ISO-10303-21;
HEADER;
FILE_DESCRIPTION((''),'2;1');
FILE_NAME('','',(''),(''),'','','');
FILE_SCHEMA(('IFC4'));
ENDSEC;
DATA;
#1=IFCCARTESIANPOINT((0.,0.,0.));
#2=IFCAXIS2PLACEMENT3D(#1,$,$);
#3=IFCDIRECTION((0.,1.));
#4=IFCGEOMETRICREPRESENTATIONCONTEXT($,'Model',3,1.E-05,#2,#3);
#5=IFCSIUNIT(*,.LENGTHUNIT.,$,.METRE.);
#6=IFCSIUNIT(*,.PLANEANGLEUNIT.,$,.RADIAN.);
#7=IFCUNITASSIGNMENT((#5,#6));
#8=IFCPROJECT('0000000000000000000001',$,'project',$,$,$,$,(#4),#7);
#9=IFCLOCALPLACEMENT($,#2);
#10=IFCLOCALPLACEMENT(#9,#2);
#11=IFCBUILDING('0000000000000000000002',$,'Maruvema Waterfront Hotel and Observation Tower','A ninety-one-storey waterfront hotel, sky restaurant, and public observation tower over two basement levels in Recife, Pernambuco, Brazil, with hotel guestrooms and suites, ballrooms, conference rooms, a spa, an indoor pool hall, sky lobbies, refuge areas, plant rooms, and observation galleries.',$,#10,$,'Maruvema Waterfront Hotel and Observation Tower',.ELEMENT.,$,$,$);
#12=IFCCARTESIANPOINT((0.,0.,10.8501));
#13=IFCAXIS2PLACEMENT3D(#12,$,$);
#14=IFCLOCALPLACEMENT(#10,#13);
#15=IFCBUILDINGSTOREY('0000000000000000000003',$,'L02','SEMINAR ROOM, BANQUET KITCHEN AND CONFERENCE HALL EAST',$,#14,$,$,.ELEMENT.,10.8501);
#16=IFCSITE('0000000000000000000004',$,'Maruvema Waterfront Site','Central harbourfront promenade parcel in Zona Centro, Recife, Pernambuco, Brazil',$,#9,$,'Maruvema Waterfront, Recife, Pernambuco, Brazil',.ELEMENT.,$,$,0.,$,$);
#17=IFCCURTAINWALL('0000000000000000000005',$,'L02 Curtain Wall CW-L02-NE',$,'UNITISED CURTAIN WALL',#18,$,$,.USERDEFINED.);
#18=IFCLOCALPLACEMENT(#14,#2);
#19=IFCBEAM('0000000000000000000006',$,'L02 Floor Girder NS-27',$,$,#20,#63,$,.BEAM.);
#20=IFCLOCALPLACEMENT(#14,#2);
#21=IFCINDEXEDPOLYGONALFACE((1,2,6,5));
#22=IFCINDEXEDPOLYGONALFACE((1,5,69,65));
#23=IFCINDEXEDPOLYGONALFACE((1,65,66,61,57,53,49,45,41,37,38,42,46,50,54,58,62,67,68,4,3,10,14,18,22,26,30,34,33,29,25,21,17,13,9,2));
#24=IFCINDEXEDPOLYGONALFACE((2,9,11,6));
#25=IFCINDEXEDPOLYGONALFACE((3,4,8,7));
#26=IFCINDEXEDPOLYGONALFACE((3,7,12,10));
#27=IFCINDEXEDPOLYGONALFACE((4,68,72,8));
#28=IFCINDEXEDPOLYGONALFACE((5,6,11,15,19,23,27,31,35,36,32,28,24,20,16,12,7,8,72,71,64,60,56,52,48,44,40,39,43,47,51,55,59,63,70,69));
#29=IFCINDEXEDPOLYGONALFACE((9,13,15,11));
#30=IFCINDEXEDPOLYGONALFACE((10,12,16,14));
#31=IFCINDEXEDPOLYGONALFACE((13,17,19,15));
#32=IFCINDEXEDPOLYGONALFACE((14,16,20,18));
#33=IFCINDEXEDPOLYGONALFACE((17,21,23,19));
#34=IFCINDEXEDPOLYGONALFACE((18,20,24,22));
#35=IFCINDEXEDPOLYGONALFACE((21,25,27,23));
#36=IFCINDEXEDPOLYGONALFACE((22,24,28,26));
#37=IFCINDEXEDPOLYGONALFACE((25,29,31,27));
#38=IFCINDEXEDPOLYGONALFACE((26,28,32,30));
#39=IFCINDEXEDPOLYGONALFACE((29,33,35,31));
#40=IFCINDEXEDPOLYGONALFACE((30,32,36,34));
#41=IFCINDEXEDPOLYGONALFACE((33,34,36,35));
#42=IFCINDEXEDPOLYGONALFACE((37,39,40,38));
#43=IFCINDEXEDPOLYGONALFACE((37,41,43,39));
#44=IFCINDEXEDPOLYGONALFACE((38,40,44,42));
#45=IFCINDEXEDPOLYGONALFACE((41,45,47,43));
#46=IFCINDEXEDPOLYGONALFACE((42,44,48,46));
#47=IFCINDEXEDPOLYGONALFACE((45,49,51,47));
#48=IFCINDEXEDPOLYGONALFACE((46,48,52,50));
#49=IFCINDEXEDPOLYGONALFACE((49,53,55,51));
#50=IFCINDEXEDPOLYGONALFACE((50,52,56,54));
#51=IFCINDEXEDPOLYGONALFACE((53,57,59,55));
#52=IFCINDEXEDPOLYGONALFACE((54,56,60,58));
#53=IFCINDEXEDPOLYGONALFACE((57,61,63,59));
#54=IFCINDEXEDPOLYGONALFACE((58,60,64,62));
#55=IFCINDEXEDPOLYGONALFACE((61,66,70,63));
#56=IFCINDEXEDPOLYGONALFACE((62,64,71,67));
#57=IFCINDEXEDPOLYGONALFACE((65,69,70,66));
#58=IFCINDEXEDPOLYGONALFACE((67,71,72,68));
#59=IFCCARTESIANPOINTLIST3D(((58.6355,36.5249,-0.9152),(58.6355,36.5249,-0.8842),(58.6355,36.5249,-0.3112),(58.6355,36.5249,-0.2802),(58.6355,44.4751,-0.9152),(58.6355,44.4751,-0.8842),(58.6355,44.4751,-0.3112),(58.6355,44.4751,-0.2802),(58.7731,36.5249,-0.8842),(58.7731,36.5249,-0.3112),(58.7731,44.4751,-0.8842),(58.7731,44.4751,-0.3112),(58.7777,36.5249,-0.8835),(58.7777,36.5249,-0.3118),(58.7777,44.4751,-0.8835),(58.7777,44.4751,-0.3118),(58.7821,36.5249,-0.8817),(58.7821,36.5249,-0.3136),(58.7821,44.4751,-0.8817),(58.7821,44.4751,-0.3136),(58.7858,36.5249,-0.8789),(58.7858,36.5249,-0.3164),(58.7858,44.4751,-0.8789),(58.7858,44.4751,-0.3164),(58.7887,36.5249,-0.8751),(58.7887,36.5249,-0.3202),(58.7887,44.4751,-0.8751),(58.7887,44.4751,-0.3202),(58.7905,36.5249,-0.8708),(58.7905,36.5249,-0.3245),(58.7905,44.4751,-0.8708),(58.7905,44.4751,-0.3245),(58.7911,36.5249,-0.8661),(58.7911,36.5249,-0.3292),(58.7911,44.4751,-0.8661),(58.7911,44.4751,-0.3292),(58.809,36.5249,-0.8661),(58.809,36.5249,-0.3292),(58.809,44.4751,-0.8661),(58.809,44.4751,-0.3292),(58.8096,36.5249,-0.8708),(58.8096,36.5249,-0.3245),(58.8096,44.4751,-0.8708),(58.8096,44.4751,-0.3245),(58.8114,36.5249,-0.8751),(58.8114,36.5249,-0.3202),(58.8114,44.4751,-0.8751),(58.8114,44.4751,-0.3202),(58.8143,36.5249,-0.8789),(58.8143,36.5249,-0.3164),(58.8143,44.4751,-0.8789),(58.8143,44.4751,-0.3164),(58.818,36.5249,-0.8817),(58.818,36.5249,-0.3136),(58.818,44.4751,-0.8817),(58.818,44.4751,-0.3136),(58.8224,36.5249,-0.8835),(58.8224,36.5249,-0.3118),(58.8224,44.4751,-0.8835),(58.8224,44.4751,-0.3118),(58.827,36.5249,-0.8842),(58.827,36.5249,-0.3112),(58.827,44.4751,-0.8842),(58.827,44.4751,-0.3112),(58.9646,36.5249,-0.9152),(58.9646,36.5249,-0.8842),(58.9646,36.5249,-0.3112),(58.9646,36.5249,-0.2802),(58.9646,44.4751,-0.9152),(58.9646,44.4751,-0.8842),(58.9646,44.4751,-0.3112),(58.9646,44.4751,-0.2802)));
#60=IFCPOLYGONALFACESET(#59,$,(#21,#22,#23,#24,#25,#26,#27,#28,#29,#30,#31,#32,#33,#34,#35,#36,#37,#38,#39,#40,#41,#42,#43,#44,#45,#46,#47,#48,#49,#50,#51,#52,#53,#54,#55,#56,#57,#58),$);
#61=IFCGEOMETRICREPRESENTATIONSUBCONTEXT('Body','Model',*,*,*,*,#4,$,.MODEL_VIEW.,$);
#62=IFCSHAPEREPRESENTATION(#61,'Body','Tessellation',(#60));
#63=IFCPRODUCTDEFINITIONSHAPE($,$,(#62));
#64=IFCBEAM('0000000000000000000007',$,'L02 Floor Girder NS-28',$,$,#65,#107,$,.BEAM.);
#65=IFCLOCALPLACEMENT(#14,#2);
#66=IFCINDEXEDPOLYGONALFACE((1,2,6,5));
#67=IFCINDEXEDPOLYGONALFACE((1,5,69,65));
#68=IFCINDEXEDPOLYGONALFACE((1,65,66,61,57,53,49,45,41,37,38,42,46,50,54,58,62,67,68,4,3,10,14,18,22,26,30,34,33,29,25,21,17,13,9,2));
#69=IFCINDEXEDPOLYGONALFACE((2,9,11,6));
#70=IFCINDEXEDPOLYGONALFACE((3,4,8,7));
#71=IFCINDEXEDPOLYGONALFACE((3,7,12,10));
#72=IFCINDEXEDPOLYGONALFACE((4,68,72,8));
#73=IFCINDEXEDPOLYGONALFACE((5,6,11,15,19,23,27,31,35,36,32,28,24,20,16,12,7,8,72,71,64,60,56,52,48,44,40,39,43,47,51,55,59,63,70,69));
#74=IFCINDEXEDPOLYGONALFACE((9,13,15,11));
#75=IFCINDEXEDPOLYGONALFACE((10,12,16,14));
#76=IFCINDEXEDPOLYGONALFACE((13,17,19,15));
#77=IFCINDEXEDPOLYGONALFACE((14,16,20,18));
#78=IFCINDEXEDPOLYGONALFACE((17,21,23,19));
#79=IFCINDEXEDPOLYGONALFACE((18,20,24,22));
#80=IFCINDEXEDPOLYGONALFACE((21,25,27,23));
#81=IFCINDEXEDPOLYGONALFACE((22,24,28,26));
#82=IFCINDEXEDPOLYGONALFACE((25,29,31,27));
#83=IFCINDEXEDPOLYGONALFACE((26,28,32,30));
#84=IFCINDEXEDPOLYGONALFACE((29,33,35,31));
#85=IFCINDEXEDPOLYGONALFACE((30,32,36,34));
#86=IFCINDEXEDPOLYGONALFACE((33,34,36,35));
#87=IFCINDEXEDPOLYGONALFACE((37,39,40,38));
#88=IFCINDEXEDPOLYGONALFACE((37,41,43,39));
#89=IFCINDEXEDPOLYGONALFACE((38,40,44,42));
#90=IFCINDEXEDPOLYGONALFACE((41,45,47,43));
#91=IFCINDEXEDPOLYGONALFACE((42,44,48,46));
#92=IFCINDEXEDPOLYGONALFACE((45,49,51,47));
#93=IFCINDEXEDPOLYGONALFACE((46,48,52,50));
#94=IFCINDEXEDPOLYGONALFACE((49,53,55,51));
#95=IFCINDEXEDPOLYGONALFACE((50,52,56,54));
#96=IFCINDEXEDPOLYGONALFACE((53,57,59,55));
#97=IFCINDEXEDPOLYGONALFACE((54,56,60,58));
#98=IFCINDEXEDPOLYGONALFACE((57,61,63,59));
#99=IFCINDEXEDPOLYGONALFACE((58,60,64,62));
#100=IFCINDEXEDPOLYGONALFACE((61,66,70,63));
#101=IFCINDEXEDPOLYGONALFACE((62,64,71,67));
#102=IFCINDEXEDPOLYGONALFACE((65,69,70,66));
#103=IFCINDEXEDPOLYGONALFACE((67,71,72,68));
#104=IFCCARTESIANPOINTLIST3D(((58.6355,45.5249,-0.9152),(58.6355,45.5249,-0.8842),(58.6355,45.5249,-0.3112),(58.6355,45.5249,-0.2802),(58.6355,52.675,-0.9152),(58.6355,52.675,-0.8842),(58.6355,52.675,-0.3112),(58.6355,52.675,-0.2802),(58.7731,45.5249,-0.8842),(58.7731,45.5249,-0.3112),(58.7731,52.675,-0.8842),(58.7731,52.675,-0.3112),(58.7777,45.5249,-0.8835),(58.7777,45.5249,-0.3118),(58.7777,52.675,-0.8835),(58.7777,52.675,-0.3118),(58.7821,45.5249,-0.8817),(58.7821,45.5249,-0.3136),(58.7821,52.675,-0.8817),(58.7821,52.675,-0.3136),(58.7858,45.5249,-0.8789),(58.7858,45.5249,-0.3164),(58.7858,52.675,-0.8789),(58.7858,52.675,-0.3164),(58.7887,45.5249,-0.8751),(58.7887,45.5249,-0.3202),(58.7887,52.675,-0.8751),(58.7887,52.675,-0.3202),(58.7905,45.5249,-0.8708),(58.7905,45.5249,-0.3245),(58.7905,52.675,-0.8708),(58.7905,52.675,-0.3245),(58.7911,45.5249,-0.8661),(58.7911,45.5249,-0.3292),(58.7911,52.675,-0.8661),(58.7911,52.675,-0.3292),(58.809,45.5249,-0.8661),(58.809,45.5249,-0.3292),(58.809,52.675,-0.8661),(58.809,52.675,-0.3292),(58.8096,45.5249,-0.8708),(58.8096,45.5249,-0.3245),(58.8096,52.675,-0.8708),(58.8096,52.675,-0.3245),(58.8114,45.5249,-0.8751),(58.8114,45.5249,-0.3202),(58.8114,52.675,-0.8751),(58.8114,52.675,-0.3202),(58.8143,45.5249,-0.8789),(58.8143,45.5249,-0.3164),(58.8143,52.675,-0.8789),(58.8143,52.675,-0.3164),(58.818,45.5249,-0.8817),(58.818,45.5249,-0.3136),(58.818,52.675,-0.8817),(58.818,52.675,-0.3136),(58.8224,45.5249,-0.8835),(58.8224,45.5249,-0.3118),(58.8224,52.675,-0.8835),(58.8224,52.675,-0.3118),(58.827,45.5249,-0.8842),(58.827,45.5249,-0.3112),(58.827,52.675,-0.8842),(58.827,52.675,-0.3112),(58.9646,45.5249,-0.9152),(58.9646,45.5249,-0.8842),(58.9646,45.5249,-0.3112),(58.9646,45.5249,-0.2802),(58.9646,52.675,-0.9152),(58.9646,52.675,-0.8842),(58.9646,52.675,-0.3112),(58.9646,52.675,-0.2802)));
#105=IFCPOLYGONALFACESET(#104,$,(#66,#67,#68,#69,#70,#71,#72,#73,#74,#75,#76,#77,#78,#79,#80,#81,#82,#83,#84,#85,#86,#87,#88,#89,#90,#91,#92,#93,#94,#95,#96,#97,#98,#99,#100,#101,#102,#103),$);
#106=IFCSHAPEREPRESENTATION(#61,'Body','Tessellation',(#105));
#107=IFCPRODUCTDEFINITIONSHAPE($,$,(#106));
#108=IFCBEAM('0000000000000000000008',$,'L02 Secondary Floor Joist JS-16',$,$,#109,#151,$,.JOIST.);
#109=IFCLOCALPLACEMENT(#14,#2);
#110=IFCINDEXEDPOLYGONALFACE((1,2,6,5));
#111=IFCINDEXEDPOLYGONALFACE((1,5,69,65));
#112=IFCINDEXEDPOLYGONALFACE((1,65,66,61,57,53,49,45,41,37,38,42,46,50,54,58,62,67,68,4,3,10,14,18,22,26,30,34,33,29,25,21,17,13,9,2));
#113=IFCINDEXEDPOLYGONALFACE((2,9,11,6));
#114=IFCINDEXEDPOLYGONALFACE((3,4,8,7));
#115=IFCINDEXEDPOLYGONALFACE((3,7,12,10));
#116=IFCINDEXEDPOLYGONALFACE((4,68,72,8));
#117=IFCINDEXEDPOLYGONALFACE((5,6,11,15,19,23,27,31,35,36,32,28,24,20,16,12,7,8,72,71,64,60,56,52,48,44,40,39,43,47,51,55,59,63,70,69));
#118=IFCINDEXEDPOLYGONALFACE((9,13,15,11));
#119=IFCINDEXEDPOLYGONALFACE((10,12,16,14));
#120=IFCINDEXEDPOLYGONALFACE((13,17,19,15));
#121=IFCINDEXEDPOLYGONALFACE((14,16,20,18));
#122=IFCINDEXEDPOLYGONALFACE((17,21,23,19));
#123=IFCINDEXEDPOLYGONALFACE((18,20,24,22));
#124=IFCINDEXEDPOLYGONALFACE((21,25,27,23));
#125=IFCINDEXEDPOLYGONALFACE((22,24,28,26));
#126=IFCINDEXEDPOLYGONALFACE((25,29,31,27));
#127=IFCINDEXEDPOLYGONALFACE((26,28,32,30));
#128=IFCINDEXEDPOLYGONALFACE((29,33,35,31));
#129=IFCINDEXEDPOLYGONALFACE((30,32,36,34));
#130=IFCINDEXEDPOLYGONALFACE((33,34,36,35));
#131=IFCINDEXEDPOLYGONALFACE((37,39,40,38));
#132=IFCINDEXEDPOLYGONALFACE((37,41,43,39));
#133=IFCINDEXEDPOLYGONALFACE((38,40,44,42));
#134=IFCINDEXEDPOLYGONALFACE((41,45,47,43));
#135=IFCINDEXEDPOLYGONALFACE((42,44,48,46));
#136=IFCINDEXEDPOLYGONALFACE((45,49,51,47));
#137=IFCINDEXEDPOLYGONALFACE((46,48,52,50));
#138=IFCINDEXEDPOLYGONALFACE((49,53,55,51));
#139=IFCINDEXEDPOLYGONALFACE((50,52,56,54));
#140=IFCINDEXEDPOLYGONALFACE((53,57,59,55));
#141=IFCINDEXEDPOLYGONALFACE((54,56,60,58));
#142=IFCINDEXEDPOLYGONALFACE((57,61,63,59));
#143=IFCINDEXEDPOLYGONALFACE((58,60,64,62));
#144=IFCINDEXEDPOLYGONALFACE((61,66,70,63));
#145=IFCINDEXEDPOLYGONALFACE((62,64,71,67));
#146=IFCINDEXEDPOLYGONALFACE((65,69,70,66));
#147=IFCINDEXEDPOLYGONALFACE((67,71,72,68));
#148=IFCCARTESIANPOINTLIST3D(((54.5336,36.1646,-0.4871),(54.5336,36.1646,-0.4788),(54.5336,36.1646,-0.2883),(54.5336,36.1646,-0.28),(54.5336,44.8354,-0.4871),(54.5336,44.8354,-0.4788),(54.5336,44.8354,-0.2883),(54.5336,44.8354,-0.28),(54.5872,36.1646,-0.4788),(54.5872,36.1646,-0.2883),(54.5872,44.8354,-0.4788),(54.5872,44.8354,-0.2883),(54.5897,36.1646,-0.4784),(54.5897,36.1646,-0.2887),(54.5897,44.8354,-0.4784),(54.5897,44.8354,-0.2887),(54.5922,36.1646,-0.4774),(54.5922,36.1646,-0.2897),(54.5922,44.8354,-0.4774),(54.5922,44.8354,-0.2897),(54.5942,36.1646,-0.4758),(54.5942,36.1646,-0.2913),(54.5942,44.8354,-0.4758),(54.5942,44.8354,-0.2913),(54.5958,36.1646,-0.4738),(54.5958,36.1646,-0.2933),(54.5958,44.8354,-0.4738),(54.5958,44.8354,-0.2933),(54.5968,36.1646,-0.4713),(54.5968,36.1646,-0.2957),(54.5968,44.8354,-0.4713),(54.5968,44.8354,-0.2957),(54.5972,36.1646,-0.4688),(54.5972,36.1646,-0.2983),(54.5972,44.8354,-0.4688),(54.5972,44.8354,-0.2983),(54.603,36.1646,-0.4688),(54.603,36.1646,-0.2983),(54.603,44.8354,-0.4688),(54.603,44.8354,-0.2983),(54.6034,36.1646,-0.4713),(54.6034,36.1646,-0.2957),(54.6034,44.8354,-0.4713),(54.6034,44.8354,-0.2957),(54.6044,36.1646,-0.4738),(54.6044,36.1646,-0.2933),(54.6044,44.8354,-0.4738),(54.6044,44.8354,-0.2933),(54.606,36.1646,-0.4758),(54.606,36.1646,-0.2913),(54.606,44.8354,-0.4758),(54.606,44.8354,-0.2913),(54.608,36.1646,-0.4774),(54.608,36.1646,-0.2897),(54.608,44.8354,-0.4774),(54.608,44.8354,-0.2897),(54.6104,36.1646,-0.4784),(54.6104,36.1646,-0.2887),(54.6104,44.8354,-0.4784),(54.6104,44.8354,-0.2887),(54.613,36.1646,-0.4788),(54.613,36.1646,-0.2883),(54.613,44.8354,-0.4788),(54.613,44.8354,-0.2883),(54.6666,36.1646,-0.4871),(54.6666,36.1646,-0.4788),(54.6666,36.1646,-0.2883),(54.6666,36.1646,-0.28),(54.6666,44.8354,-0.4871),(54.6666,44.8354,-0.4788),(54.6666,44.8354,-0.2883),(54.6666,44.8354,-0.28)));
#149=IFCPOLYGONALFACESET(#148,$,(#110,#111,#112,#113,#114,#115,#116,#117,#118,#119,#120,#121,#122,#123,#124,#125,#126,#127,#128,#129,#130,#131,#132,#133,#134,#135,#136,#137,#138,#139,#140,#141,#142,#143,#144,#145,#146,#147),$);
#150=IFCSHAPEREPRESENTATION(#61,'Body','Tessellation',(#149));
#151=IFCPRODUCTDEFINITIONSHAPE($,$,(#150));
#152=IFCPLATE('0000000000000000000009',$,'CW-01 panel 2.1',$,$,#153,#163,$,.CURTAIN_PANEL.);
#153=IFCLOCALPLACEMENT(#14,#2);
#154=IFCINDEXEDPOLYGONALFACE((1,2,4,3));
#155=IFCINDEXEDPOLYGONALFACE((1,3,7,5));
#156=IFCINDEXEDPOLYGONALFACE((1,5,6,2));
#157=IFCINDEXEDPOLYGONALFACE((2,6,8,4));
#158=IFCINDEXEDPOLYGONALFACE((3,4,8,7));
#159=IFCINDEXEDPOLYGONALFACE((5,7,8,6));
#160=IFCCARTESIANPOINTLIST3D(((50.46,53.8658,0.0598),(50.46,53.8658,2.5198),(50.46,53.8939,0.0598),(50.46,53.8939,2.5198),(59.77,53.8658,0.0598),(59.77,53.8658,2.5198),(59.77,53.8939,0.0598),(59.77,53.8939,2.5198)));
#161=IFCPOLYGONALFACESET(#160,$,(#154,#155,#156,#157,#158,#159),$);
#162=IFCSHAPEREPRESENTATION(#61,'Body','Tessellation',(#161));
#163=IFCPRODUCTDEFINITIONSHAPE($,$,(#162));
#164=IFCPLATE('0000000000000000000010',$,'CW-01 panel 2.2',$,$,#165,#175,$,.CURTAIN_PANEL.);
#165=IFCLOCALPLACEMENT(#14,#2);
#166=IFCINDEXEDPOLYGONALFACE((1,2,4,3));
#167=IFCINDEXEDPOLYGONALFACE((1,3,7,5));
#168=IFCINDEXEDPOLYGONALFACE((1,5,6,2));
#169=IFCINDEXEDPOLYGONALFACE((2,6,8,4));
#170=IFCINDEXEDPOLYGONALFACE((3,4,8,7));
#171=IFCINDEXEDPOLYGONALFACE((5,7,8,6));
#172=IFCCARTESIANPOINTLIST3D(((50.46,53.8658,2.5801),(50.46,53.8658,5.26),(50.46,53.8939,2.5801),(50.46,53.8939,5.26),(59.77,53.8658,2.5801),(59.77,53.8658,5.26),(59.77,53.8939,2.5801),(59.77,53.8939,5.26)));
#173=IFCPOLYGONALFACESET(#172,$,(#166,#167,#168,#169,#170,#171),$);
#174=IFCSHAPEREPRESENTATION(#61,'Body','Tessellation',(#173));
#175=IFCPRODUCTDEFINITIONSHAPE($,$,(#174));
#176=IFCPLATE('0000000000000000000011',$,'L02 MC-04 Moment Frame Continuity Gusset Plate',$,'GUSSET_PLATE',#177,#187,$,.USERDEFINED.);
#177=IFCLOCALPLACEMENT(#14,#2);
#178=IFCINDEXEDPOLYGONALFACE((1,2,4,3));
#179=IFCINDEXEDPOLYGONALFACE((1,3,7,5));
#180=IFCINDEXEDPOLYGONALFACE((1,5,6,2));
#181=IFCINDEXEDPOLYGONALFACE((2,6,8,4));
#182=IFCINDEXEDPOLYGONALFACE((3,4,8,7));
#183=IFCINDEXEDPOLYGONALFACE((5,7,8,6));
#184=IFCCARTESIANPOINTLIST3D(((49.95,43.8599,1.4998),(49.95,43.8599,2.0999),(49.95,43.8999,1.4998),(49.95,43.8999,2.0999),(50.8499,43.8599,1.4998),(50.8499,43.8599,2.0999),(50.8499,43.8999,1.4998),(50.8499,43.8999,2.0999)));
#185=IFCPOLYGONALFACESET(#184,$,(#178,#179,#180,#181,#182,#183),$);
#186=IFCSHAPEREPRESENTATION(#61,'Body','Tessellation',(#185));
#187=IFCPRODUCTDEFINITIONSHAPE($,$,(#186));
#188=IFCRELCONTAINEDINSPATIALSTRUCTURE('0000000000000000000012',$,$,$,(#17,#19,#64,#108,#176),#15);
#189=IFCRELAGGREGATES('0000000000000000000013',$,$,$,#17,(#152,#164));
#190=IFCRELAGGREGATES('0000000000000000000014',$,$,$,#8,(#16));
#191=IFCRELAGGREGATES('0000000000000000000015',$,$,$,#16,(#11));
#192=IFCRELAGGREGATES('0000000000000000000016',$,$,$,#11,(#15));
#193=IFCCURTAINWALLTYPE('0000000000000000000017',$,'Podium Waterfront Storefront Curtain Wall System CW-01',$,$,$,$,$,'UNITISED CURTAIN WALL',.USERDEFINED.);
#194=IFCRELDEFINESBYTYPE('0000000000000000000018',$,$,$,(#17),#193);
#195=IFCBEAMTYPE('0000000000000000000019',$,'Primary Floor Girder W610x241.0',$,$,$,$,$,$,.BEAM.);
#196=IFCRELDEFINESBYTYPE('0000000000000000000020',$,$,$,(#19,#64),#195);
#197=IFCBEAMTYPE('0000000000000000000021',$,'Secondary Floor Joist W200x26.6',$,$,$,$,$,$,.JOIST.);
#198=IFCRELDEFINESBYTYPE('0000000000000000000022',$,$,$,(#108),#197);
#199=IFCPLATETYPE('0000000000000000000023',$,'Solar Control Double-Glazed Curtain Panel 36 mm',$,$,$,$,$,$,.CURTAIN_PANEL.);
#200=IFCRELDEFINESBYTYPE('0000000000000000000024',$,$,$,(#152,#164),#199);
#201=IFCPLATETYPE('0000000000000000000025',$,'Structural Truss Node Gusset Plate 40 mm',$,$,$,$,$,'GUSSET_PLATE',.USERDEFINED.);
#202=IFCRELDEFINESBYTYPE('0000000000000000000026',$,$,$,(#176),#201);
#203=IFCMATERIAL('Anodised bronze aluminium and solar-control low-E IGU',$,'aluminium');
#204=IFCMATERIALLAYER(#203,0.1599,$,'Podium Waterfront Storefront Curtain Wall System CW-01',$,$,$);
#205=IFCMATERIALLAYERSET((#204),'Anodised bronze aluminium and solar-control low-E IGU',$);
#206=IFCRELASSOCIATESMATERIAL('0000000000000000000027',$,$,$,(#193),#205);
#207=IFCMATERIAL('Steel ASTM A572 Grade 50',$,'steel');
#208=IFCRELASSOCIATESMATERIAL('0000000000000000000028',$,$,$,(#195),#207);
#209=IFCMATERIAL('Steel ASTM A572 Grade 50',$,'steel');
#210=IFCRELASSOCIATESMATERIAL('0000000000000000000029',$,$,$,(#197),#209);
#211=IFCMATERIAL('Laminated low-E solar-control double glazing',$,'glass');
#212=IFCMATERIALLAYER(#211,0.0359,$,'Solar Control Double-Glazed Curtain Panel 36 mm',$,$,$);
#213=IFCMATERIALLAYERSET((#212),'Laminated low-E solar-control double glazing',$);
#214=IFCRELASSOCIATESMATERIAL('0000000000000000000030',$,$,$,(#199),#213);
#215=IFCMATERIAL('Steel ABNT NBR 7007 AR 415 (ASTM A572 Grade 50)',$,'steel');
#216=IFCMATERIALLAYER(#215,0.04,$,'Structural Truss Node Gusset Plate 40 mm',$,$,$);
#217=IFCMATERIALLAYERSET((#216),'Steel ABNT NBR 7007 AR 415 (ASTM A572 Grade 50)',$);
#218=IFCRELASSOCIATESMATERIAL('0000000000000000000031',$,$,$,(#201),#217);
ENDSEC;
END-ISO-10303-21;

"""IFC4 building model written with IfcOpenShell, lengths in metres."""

from ifc_helpers import new_model, si_unit, direction, frame, origin, origin_2d, place, context, subcontext, project, spatial, rectangle, i_section, extrude, material, layer, layer_set, material_profile, profile_set, type_object, element, aggregate, save


model = new_model("IFC4")

# Units and contexts
model_context = context("Model", 3, precision=1e-05, world=origin(), true_north=direction((0.0, 1.0)))
body_context = subcontext(model_context, "Body", "Model", "MODEL_VIEW")
ifc_project = project(units=[si_unit("LENGTHUNIT", "METRE"), si_unit("PLANEANGLEUNIT", "RADIAN")], contexts=[model_context])

# Site, building, storey
site_placement = place(None, origin())
site = spatial("IfcSite", under=ifc_project, at=site_placement, Name="Maruvema Waterfront Site", Description="Central harbourfront promenade parcel in Zona Centro, Recife, Pernambuco, Brazil", LongName="Maruvema Waterfront, Recife, Pernambuco, Brazil", CompositionType="ELEMENT", RefElevation=0.0)
building_placement = place(site_placement, origin())
building = spatial("IfcBuilding", under=site, at=building_placement, Name="Maruvema Waterfront Hotel and Observation Tower", Description="A ninety-one-storey waterfront hotel, sky restaurant, and public observation tower over two basement levels in Recife, Pernambuco, Brazil, with hotel guestrooms and suites, ballrooms, conference rooms, a spa, an indoor pool hall, sky lobbies, refuge areas, plant rooms, and observation galleries.", LongName="Maruvema Waterfront Hotel and Observation Tower", CompositionType="ELEMENT")
storey_placement = place(building_placement, frame((0.0, 0.0, 10.8501)))
storey = spatial("IfcBuildingStorey", under=building, at=storey_placement, Name="L02", Description="SEMINAR ROOM, BANQUET KITCHEN AND CONFERENCE HALL EAST", CompositionType="ELEMENT", Elevation=10.8501)

# Curtain wall
ifc_material_1 = material(Name="Anodised bronze aluminium and solar-control low-E IGU", Category="aluminium")
ifc_layer_1 = layer(ifc_material_1, 0.1599, Name="Podium Waterfront Storefront Curtain Wall System CW-01")
ifc_layer_set_1 = layer_set([ifc_layer_1], Name="Anodised bronze aluminium and solar-control low-E IGU")
curtain_wall_type = type_object("IfcCurtainWallType", Name="Podium Waterfront Storefront Curtain Wall System CW-01", ElementType="UNITISED CURTAIN WALL", PredefinedType="USERDEFINED", material=ifc_layer_set_1)
curtain_wall_placement = place(storey_placement, origin())
curtain_wall = element("IfcCurtainWall", 1, at=curtain_wall_placement, inside=storey, type_object=curtain_wall_type, Name="L02 Curtain Wall CW-L02-NE", ObjectType="UNITISED CURTAIN WALL", PredefinedType="USERDEFINED")

# Beams
ifc_material_2 = material(Name="Steel ASTM A572 Grade 50", Category="steel")
ifc_material_profile_1 = material_profile(ifc_material_2, i_section(OverallWidth=0.3291, OverallDepth=0.635, WebThickness=0.0178, FlangeThickness=0.031, FilletRadius=0.0181, at=origin_2d()), Name="W610x241.0")
ifc_profile_set_1 = profile_set([ifc_material_profile_1], Name="Steel ASTM A572 Grade 50")
beam_type_1 = type_object("IfcBeamType", Name="Primary Floor Girder W610x241.0", PredefinedType="BEAM", material=ifc_profile_set_1)
beam_1_placement = place(storey_placement, frame((58.8, 36.5249, -0.5977), z_axis=(0.0, 1.0, 0.0), x_axis=(-1.0, 0.0, 0.0)))
element("IfcBeam", 2, at=beam_1_placement, inside=storey, type_object=beam_type_1, Name="L02 Floor Girder NS-27", PredefinedType="BEAM", context=body_context, shape_type="SweptSolid", body=[
    extrude(i_section(OverallWidth=0.3291, OverallDepth=0.635, WebThickness=0.0178, FlangeThickness=0.031, FilletRadius=0.0181, at=origin_2d()), origin(), (0.0, 0.0, 1.0), 7.9502),
])
beam_2_placement = place(storey_placement, frame((58.8, 45.5249, -0.5977), z_axis=(0.0, 1.0, 0.0), x_axis=(-1.0, 0.0, 0.0)))
element("IfcBeam", 3, at=beam_2_placement, inside=storey, type_object=beam_type_1, Name="L02 Floor Girder NS-28", PredefinedType="BEAM", context=body_context, shape_type="SweptSolid", body=[
    extrude(i_section(OverallWidth=0.3291, OverallDepth=0.635, WebThickness=0.0178, FlangeThickness=0.031, FilletRadius=0.0181, at=origin_2d()), origin(), (0.0, 0.0, 1.0), 7.1501),
])
ifc_material_3 = material(Name="Steel ASTM A572 Grade 50", Category="steel")
ifc_material_profile_2 = material_profile(ifc_material_3, i_section(OverallWidth=0.1331, OverallDepth=0.207, WebThickness=0.0059, FlangeThickness=0.0083, FilletRadius=0.01, at=origin_2d()), Name="W200x26.6")
ifc_profile_set_2 = profile_set([ifc_material_profile_2], Name="Steel ASTM A572 Grade 50")
beam_type_2 = type_object("IfcBeamType", Name="Secondary Floor Joist W200x26.6", PredefinedType="JOIST", material=ifc_profile_set_2)
beam_3_placement = place(storey_placement, frame((54.6001, 36.1646, -0.3835), z_axis=(0.0, 1.0, 0.0), x_axis=(-1.0, 0.0, 0.0)))
element("IfcBeam", 4, at=beam_3_placement, inside=storey, type_object=beam_type_2, Name="L02 Secondary Floor Joist JS-16", PredefinedType="JOIST", context=body_context, shape_type="SweptSolid", body=[
    extrude(i_section(OverallWidth=0.1331, OverallDepth=0.207, WebThickness=0.0059, FlangeThickness=0.0083, FilletRadius=0.01, at=origin_2d()), origin(), (0.0, 0.0, 1.0), 8.6709),
])

# Plates
ifc_material_4 = material(Name="Laminated low-E solar-control double glazing", Category="glass")
ifc_layer_2 = layer(ifc_material_4, 0.0359, Name="Solar Control Double-Glazed Curtain Panel 36 mm")
ifc_layer_set_2 = layer_set([ifc_layer_2], Name="Laminated low-E solar-control double glazing")
plate_type_1 = type_object("IfcPlateType", Name="Solar Control Double-Glazed Curtain Panel 36 mm", PredefinedType="CURTAIN_PANEL", material=ifc_layer_set_2)
plate_1_placement = place(storey_placement, frame((55.115, 53.8799, 0.0598), z_axis=(0.0, 0.0, 1.0), x_axis=(-1.0, 0.0, 0.0)))
plate_1 = element("IfcPlate", 5, at=plate_1_placement, type_object=plate_type_1, Name="CW-01 panel 2.1", PredefinedType="CURTAIN_PANEL", context=body_context, shape_type="SweptSolid", body=[
    extrude(rectangle(XDim=9.3101, YDim=0.0281, at=origin_2d()), origin(), (0.0, 0.0, 1.0), 2.46),
])
plate_2_placement = place(storey_placement, frame((55.115, 53.8799, 2.5801), z_axis=(0.0, 0.0, 1.0), x_axis=(-1.0, 0.0, 0.0)))
plate_2 = element("IfcPlate", 6, at=plate_2_placement, type_object=plate_type_1, Name="CW-01 panel 2.2", PredefinedType="CURTAIN_PANEL", context=body_context, shape_type="SweptSolid", body=[
    extrude(rectangle(XDim=9.3101, YDim=0.0281, at=origin_2d()), origin(), (0.0, 0.0, 1.0), 2.6799),
])
aggregate(curtain_wall, [plate_1, plate_2])
ifc_material_5 = material(Name="Steel ABNT NBR 7007 AR 415 (ASTM A572 Grade 50)", Category="steel")
ifc_layer_3 = layer(ifc_material_5, 0.04, Name="Structural Truss Node Gusset Plate 40 mm")
ifc_layer_set_3 = layer_set([ifc_layer_3], Name="Steel ABNT NBR 7007 AR 415 (ASTM A572 Grade 50)")
plate_type_2 = type_object("IfcPlateType", Name="Structural Truss Node Gusset Plate 40 mm", ElementType="GUSSET_PLATE", PredefinedType="USERDEFINED", material=ifc_layer_set_3)
plate_3_placement = place(storey_placement, frame((50.3999, 43.8799, 1.4998), z_axis=(0.0, 0.0, 1.0), x_axis=(1.0, 0.0, 0.0)))
element("IfcPlate", 7, at=plate_3_placement, inside=storey, type_object=plate_type_2, Name="L02 MC-04 Moment Frame Continuity Gusset Plate", ObjectType="GUSSET_PLATE", PredefinedType="USERDEFINED", context=body_context, shape_type="SweptSolid", body=[
    extrude(rectangle(XDim=0.8999, YDim=0.04, at=origin_2d()), origin(), (0.0, 0.0, 1.0), 0.6001),
])

save(model, "model.ifc")
